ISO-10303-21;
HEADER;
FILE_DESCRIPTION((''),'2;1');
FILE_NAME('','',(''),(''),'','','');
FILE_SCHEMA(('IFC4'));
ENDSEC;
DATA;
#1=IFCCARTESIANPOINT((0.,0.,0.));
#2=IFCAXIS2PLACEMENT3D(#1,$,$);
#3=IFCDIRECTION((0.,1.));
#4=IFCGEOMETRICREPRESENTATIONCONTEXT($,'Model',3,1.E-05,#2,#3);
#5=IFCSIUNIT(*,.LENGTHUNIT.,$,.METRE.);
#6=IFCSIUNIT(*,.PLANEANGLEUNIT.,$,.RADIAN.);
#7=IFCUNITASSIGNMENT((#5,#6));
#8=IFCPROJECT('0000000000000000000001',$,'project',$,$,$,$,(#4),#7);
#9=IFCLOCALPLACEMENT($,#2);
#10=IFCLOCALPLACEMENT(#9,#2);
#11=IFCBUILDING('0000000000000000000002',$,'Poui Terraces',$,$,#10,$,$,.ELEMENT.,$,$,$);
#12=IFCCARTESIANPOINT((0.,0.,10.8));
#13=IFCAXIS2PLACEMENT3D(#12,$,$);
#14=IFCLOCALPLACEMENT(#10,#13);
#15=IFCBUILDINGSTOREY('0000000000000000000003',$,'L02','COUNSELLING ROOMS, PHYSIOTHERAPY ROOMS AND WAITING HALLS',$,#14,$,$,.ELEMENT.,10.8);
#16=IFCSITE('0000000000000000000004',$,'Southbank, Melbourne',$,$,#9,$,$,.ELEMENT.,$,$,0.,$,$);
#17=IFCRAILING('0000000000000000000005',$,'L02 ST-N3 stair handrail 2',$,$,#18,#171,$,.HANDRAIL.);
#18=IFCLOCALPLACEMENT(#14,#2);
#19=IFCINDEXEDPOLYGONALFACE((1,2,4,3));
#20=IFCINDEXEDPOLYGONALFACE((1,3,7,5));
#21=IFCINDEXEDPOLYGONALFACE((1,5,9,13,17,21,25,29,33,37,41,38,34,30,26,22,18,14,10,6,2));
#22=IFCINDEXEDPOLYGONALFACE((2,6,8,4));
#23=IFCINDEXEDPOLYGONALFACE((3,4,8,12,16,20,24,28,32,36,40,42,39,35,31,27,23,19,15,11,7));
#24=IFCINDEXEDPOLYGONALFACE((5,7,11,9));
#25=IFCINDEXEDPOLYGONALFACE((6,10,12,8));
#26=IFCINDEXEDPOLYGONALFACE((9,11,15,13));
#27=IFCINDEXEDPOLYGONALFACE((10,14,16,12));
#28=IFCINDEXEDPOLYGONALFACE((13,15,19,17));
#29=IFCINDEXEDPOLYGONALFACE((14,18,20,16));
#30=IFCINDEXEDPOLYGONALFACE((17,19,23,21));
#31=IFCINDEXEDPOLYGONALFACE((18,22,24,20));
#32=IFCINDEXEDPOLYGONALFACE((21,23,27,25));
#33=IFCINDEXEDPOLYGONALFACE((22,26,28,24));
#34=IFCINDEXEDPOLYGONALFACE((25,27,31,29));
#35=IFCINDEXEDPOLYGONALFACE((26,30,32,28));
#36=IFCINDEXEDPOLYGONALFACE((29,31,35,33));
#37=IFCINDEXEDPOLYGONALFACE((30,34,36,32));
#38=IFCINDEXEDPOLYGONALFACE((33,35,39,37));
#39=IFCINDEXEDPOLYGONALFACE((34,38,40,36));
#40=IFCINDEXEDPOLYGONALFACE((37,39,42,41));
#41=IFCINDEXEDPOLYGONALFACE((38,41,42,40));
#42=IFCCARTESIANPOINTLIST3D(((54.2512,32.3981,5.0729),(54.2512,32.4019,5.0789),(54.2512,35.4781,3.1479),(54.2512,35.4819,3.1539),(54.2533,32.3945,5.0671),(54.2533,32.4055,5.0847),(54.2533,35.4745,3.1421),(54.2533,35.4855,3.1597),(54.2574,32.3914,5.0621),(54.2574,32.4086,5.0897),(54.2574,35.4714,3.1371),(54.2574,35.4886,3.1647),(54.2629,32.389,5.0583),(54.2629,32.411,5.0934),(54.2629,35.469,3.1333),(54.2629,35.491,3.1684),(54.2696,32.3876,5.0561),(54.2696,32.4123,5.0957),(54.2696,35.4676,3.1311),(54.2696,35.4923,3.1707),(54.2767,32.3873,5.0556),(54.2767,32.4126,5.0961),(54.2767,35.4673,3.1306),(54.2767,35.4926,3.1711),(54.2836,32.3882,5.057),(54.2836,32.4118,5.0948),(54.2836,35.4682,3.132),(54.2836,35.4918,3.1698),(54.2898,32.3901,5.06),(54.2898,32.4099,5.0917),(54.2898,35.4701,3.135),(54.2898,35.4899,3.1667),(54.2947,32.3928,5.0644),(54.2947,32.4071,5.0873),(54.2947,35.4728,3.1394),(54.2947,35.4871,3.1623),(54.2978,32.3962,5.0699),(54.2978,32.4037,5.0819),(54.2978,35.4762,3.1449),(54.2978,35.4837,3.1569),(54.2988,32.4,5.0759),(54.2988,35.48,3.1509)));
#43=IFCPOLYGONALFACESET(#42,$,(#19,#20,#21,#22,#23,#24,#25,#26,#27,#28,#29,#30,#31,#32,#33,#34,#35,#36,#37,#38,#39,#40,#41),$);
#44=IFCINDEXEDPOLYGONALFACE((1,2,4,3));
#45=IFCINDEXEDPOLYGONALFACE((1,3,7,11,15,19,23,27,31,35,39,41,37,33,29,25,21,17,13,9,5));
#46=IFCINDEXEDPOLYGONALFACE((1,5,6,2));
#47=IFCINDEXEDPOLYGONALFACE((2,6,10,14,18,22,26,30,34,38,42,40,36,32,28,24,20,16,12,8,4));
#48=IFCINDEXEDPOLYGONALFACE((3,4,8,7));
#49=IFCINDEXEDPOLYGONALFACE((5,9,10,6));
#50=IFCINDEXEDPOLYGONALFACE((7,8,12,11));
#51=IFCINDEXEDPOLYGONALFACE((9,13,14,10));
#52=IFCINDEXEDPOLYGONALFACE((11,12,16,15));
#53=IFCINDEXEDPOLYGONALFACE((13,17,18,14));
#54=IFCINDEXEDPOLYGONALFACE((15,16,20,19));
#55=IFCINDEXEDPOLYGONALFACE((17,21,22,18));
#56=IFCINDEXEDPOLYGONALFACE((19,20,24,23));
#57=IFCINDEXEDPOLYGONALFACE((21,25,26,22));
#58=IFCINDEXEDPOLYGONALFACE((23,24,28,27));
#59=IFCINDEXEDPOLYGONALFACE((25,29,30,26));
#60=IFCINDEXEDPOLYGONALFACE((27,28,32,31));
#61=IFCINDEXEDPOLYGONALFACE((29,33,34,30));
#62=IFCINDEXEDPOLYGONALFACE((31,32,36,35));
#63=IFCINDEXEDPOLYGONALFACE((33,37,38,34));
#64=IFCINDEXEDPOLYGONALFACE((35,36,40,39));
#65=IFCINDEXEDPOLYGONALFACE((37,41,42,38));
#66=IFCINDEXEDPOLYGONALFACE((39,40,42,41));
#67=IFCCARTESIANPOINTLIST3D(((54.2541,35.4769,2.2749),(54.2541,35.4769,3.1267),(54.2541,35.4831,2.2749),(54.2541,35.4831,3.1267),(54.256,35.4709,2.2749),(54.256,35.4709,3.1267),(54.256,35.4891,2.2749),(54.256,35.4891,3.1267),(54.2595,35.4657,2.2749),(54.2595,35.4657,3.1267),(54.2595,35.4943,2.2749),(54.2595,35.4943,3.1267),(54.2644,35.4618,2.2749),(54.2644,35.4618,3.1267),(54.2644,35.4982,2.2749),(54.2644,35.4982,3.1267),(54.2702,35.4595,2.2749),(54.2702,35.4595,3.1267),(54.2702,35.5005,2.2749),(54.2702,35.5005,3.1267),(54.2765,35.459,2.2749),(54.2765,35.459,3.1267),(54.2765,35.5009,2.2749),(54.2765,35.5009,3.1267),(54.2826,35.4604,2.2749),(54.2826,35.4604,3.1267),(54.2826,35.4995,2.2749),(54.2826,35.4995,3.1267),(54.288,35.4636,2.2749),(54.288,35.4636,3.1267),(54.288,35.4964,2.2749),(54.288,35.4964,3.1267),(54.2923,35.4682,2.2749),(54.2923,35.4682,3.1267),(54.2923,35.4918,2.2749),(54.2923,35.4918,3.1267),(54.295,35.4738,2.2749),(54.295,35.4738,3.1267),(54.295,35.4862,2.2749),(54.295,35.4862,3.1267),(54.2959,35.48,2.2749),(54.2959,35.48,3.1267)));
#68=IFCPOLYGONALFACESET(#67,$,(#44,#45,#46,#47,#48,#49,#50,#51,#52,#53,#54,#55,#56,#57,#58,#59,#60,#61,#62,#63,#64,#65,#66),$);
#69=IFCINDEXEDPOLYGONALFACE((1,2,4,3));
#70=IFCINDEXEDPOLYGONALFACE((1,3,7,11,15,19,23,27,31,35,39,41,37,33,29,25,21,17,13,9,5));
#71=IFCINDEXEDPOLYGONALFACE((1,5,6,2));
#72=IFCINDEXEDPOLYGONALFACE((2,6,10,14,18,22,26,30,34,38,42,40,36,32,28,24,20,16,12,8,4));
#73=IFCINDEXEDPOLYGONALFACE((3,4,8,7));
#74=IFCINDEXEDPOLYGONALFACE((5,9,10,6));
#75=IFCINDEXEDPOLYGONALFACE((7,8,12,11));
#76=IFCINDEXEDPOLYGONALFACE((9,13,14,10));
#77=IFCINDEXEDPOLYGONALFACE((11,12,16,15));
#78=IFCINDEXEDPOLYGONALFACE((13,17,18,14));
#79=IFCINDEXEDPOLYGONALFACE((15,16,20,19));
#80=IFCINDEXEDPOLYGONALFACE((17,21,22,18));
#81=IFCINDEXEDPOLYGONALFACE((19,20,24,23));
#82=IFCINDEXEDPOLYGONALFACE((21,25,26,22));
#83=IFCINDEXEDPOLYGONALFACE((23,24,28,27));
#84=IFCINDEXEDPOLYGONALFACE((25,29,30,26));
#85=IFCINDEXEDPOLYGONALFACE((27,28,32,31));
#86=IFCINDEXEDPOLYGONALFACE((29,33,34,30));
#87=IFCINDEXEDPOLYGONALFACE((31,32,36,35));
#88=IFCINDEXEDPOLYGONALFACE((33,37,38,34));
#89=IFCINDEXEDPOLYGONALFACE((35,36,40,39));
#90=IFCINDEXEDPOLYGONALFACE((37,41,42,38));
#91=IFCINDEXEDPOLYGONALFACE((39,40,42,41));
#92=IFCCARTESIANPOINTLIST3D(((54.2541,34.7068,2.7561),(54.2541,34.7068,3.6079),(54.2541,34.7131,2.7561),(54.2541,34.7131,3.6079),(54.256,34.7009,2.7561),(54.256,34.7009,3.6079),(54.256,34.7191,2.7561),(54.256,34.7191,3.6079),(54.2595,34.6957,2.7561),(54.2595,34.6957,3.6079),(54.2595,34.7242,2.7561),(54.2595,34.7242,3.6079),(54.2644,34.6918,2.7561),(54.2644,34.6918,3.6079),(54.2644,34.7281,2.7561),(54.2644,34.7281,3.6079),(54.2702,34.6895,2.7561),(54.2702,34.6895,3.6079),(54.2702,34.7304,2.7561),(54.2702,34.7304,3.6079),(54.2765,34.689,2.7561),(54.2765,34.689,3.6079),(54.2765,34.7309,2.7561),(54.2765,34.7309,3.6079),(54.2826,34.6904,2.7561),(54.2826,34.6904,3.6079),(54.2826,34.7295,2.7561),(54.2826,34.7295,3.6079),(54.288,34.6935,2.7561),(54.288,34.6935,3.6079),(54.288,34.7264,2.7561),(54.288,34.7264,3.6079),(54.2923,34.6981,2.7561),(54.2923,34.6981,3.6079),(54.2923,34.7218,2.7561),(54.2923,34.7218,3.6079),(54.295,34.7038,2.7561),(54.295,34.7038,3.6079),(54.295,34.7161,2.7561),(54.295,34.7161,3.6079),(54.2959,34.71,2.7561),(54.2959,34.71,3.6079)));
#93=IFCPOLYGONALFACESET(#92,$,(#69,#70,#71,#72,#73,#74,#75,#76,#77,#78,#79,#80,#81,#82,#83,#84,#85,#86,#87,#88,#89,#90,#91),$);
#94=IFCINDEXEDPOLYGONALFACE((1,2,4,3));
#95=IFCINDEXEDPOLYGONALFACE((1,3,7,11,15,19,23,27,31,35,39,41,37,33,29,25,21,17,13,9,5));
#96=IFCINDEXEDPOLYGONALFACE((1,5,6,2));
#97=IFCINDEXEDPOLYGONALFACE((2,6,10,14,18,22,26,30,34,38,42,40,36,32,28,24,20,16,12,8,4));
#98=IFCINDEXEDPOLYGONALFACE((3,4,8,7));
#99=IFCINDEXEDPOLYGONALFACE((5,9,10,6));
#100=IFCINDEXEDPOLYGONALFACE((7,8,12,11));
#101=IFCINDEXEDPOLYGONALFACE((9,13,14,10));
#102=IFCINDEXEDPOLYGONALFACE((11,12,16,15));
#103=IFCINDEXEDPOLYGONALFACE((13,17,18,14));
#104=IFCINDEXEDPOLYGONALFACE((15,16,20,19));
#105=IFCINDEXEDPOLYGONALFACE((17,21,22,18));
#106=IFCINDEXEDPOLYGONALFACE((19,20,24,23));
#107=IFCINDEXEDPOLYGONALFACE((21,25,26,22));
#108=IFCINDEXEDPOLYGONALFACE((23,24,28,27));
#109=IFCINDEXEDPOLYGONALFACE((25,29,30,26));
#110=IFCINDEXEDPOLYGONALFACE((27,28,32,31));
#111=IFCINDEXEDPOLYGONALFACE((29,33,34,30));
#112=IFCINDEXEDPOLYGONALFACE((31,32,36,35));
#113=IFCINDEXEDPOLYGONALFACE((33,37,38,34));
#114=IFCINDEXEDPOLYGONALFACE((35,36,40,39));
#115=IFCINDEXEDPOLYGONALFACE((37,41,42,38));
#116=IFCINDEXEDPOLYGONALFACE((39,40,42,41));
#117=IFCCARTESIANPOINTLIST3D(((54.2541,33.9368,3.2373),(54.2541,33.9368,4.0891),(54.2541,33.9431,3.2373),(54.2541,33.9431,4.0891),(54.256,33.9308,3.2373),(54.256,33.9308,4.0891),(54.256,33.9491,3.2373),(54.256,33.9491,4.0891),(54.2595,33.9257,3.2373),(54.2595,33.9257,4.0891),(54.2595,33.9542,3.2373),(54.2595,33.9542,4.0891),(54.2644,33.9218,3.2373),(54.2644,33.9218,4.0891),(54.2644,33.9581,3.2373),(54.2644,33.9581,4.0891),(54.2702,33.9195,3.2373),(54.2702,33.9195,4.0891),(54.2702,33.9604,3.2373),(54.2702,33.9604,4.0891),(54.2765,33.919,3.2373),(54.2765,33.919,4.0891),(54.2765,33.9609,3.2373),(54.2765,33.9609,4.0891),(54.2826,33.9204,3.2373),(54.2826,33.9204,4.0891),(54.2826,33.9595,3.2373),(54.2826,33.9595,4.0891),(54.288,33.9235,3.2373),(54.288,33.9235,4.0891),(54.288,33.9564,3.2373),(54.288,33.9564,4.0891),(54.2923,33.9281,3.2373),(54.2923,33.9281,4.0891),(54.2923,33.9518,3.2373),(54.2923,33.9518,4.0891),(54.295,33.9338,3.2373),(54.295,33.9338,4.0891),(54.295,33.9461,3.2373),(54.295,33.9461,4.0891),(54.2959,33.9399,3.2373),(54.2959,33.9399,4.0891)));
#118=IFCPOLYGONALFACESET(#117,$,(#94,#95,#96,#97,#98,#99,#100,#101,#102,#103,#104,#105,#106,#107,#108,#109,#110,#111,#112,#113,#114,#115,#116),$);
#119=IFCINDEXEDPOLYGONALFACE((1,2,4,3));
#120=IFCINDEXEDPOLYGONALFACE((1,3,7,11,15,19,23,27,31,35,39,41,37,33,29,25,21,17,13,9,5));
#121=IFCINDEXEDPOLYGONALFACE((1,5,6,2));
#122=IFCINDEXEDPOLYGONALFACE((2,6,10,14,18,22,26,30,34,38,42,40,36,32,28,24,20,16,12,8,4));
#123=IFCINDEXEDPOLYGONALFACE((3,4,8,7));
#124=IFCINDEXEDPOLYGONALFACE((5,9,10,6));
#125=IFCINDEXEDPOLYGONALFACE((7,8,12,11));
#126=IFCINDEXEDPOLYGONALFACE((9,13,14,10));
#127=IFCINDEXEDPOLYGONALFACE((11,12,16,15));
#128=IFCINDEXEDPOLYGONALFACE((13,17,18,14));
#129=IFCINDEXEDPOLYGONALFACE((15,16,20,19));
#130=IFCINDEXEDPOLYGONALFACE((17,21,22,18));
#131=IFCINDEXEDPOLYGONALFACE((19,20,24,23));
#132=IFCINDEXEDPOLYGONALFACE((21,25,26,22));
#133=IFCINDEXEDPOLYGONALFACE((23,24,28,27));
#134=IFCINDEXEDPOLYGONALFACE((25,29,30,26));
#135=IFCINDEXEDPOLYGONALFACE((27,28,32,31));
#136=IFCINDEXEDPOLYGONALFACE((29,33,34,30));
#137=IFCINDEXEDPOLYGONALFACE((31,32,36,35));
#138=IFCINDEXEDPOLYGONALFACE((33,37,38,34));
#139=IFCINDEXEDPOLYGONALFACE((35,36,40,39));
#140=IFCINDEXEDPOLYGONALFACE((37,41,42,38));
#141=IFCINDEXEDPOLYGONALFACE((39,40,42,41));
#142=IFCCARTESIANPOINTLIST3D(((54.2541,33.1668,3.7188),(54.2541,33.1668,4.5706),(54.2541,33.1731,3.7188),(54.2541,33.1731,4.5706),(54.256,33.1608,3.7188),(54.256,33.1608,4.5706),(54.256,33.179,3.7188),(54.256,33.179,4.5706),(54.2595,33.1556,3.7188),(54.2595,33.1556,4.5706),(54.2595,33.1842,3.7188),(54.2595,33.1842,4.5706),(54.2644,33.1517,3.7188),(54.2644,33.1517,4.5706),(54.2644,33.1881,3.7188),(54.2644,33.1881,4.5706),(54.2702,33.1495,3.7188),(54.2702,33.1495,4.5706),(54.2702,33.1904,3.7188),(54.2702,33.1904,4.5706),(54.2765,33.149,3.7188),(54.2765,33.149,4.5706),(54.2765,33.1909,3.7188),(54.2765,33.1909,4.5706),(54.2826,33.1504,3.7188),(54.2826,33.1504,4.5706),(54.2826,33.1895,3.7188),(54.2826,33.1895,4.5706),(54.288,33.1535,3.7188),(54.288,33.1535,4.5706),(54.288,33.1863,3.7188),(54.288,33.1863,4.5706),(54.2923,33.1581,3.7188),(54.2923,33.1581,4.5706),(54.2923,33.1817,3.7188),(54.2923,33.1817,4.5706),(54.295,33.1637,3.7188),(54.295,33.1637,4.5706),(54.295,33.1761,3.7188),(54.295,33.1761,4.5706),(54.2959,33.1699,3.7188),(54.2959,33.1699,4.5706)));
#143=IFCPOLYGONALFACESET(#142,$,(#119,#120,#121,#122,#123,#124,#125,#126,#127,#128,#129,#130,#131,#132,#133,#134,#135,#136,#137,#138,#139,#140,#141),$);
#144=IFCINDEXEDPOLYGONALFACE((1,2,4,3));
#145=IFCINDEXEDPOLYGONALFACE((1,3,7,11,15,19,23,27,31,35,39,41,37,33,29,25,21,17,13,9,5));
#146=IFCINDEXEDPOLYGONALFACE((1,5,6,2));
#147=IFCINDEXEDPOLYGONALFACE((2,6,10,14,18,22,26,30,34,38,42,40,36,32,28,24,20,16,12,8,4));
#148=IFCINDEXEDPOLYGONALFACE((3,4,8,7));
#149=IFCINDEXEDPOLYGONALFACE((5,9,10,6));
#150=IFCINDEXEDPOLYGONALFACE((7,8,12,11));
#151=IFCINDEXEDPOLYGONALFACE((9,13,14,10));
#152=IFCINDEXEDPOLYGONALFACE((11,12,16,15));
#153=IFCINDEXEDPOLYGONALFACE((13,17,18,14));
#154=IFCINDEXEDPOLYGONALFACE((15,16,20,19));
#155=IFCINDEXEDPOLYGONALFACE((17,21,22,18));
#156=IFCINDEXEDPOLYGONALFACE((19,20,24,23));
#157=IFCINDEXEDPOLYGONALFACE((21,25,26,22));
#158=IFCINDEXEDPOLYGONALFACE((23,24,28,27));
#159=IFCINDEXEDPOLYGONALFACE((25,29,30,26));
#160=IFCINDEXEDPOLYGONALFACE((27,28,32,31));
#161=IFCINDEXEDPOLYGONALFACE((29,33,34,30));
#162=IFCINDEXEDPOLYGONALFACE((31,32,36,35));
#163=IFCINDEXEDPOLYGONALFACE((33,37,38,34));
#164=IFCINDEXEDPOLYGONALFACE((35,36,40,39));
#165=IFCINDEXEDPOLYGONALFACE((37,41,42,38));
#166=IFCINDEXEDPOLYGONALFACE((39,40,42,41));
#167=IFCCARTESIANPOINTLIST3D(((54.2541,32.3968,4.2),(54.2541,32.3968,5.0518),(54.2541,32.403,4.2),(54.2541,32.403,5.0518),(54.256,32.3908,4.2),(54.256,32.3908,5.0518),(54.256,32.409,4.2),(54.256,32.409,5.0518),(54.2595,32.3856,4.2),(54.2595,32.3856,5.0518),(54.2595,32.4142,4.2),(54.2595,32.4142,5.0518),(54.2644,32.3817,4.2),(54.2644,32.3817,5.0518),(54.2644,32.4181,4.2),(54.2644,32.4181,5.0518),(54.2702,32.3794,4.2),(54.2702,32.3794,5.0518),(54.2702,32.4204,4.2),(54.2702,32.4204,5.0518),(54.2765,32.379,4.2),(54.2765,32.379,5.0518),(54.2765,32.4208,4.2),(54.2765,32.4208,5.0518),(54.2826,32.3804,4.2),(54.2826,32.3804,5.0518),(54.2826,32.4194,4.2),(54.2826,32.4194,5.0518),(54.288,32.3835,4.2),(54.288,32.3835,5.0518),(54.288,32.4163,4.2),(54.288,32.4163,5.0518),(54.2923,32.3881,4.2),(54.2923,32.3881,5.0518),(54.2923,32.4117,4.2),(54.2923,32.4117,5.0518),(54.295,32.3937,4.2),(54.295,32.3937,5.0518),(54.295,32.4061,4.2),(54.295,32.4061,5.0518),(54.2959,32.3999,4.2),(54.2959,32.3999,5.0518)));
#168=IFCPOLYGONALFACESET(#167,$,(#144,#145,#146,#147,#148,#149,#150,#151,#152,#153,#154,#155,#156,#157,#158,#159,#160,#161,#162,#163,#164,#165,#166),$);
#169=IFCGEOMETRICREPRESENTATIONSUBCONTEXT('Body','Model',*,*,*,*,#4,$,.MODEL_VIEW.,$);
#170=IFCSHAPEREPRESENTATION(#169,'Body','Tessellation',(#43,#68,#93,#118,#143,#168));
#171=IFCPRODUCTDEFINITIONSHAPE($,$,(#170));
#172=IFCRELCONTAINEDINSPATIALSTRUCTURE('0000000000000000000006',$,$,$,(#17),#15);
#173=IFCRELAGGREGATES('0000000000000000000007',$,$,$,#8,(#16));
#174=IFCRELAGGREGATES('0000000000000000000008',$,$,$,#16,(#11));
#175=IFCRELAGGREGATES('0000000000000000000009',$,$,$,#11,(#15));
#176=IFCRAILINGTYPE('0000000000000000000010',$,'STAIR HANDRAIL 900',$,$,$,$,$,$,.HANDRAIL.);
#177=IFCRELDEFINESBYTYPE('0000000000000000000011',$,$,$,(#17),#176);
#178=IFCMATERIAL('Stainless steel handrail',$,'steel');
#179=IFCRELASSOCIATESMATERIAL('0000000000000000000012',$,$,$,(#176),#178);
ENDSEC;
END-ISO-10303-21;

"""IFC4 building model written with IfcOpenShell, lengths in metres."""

from ifc_helpers import new_model, si_unit, direction, frame, origin, origin_2d, place, context, subcontext, project, spatial, circle, extrude, material, type_object, element, save


model = new_model("IFC4")

# Units and contexts
model_context = context("Model", 3, precision=1e-05, world=origin(), true_north=direction((0.0, 1.0)))
body_context = subcontext(model_context, "Body", "Model", "MODEL_VIEW")
ifc_project = project(units=[si_unit("LENGTHUNIT", "METRE"), si_unit("PLANEANGLEUNIT", "RADIAN")], contexts=[model_context])

# Site, building, storey
site_placement = place(None, origin())
site = spatial("IfcSite", under=ifc_project, at=site_placement, Name="Southbank, Melbourne", CompositionType="ELEMENT", RefElevation=0.0)
building_placement = place(site_placement, origin())
building = spatial("IfcBuilding", under=site, at=building_placement, Name="Poui Terraces", CompositionType="ELEMENT")
storey_placement = place(building_placement, frame((0.0, 0.0, 10.8)))
storey = spatial("IfcBuildingStorey", under=building, at=storey_placement, Name="L02", Description="COUNSELLING ROOMS, PHYSIOTHERAPY ROOMS AND WAITING HALLS", CompositionType="ELEMENT", Elevation=10.8)

# Railing
ifc_material_1 = material(Name="Stainless steel handrail", Category="steel")
railing_type_1 = type_object("IfcRailingType", Name="STAIR HANDRAIL 900", PredefinedType="HANDRAIL", material=ifc_material_1)
railing_1_placement = place(storey_placement, frame((54.2749, 35.48, 2.2749)))
element("IfcRailing", 1, at=railing_1_placement, inside=storey, type_object=railing_type_1, Name="L02 ST-N3 stair handrail 2", PredefinedType="HANDRAIL", context=body_context, shape_type="SweptSolid", body=[
    extrude(circle(Radius=0.0239, at=origin_2d()), frame((0.0, 0.0, 0.876), z_axis=(0.0, -0.847998, 0.529999), x_axis=(1.0, 0.0, 0.0)), (0.0, 0.0, 1.0), 3.6321),
    extrude(circle(Radius=0.021, at=origin_2d()), origin(), (0.0, 0.0, 1.0), 0.8518),
    extrude(circle(Radius=0.021, at=origin_2d()), frame((0.0, -0.77, 0.4812)), (0.0, 0.0, 1.0), 0.8518),
    extrude(circle(Radius=0.021, at=origin_2d()), frame((0.0, -1.54, 0.9624)), (0.0, 0.0, 1.0), 0.8518),
    extrude(circle(Radius=0.021, at=origin_2d()), frame((0.0, -2.3101, 1.4438)), (0.0, 0.0, 1.0), 0.8518),
    extrude(circle(Radius=0.021, at=origin_2d()), frame((0.0, -3.0801, 1.925)), (0.0, 0.0, 1.0), 0.8518),
])

save(model, "model.ifc")
